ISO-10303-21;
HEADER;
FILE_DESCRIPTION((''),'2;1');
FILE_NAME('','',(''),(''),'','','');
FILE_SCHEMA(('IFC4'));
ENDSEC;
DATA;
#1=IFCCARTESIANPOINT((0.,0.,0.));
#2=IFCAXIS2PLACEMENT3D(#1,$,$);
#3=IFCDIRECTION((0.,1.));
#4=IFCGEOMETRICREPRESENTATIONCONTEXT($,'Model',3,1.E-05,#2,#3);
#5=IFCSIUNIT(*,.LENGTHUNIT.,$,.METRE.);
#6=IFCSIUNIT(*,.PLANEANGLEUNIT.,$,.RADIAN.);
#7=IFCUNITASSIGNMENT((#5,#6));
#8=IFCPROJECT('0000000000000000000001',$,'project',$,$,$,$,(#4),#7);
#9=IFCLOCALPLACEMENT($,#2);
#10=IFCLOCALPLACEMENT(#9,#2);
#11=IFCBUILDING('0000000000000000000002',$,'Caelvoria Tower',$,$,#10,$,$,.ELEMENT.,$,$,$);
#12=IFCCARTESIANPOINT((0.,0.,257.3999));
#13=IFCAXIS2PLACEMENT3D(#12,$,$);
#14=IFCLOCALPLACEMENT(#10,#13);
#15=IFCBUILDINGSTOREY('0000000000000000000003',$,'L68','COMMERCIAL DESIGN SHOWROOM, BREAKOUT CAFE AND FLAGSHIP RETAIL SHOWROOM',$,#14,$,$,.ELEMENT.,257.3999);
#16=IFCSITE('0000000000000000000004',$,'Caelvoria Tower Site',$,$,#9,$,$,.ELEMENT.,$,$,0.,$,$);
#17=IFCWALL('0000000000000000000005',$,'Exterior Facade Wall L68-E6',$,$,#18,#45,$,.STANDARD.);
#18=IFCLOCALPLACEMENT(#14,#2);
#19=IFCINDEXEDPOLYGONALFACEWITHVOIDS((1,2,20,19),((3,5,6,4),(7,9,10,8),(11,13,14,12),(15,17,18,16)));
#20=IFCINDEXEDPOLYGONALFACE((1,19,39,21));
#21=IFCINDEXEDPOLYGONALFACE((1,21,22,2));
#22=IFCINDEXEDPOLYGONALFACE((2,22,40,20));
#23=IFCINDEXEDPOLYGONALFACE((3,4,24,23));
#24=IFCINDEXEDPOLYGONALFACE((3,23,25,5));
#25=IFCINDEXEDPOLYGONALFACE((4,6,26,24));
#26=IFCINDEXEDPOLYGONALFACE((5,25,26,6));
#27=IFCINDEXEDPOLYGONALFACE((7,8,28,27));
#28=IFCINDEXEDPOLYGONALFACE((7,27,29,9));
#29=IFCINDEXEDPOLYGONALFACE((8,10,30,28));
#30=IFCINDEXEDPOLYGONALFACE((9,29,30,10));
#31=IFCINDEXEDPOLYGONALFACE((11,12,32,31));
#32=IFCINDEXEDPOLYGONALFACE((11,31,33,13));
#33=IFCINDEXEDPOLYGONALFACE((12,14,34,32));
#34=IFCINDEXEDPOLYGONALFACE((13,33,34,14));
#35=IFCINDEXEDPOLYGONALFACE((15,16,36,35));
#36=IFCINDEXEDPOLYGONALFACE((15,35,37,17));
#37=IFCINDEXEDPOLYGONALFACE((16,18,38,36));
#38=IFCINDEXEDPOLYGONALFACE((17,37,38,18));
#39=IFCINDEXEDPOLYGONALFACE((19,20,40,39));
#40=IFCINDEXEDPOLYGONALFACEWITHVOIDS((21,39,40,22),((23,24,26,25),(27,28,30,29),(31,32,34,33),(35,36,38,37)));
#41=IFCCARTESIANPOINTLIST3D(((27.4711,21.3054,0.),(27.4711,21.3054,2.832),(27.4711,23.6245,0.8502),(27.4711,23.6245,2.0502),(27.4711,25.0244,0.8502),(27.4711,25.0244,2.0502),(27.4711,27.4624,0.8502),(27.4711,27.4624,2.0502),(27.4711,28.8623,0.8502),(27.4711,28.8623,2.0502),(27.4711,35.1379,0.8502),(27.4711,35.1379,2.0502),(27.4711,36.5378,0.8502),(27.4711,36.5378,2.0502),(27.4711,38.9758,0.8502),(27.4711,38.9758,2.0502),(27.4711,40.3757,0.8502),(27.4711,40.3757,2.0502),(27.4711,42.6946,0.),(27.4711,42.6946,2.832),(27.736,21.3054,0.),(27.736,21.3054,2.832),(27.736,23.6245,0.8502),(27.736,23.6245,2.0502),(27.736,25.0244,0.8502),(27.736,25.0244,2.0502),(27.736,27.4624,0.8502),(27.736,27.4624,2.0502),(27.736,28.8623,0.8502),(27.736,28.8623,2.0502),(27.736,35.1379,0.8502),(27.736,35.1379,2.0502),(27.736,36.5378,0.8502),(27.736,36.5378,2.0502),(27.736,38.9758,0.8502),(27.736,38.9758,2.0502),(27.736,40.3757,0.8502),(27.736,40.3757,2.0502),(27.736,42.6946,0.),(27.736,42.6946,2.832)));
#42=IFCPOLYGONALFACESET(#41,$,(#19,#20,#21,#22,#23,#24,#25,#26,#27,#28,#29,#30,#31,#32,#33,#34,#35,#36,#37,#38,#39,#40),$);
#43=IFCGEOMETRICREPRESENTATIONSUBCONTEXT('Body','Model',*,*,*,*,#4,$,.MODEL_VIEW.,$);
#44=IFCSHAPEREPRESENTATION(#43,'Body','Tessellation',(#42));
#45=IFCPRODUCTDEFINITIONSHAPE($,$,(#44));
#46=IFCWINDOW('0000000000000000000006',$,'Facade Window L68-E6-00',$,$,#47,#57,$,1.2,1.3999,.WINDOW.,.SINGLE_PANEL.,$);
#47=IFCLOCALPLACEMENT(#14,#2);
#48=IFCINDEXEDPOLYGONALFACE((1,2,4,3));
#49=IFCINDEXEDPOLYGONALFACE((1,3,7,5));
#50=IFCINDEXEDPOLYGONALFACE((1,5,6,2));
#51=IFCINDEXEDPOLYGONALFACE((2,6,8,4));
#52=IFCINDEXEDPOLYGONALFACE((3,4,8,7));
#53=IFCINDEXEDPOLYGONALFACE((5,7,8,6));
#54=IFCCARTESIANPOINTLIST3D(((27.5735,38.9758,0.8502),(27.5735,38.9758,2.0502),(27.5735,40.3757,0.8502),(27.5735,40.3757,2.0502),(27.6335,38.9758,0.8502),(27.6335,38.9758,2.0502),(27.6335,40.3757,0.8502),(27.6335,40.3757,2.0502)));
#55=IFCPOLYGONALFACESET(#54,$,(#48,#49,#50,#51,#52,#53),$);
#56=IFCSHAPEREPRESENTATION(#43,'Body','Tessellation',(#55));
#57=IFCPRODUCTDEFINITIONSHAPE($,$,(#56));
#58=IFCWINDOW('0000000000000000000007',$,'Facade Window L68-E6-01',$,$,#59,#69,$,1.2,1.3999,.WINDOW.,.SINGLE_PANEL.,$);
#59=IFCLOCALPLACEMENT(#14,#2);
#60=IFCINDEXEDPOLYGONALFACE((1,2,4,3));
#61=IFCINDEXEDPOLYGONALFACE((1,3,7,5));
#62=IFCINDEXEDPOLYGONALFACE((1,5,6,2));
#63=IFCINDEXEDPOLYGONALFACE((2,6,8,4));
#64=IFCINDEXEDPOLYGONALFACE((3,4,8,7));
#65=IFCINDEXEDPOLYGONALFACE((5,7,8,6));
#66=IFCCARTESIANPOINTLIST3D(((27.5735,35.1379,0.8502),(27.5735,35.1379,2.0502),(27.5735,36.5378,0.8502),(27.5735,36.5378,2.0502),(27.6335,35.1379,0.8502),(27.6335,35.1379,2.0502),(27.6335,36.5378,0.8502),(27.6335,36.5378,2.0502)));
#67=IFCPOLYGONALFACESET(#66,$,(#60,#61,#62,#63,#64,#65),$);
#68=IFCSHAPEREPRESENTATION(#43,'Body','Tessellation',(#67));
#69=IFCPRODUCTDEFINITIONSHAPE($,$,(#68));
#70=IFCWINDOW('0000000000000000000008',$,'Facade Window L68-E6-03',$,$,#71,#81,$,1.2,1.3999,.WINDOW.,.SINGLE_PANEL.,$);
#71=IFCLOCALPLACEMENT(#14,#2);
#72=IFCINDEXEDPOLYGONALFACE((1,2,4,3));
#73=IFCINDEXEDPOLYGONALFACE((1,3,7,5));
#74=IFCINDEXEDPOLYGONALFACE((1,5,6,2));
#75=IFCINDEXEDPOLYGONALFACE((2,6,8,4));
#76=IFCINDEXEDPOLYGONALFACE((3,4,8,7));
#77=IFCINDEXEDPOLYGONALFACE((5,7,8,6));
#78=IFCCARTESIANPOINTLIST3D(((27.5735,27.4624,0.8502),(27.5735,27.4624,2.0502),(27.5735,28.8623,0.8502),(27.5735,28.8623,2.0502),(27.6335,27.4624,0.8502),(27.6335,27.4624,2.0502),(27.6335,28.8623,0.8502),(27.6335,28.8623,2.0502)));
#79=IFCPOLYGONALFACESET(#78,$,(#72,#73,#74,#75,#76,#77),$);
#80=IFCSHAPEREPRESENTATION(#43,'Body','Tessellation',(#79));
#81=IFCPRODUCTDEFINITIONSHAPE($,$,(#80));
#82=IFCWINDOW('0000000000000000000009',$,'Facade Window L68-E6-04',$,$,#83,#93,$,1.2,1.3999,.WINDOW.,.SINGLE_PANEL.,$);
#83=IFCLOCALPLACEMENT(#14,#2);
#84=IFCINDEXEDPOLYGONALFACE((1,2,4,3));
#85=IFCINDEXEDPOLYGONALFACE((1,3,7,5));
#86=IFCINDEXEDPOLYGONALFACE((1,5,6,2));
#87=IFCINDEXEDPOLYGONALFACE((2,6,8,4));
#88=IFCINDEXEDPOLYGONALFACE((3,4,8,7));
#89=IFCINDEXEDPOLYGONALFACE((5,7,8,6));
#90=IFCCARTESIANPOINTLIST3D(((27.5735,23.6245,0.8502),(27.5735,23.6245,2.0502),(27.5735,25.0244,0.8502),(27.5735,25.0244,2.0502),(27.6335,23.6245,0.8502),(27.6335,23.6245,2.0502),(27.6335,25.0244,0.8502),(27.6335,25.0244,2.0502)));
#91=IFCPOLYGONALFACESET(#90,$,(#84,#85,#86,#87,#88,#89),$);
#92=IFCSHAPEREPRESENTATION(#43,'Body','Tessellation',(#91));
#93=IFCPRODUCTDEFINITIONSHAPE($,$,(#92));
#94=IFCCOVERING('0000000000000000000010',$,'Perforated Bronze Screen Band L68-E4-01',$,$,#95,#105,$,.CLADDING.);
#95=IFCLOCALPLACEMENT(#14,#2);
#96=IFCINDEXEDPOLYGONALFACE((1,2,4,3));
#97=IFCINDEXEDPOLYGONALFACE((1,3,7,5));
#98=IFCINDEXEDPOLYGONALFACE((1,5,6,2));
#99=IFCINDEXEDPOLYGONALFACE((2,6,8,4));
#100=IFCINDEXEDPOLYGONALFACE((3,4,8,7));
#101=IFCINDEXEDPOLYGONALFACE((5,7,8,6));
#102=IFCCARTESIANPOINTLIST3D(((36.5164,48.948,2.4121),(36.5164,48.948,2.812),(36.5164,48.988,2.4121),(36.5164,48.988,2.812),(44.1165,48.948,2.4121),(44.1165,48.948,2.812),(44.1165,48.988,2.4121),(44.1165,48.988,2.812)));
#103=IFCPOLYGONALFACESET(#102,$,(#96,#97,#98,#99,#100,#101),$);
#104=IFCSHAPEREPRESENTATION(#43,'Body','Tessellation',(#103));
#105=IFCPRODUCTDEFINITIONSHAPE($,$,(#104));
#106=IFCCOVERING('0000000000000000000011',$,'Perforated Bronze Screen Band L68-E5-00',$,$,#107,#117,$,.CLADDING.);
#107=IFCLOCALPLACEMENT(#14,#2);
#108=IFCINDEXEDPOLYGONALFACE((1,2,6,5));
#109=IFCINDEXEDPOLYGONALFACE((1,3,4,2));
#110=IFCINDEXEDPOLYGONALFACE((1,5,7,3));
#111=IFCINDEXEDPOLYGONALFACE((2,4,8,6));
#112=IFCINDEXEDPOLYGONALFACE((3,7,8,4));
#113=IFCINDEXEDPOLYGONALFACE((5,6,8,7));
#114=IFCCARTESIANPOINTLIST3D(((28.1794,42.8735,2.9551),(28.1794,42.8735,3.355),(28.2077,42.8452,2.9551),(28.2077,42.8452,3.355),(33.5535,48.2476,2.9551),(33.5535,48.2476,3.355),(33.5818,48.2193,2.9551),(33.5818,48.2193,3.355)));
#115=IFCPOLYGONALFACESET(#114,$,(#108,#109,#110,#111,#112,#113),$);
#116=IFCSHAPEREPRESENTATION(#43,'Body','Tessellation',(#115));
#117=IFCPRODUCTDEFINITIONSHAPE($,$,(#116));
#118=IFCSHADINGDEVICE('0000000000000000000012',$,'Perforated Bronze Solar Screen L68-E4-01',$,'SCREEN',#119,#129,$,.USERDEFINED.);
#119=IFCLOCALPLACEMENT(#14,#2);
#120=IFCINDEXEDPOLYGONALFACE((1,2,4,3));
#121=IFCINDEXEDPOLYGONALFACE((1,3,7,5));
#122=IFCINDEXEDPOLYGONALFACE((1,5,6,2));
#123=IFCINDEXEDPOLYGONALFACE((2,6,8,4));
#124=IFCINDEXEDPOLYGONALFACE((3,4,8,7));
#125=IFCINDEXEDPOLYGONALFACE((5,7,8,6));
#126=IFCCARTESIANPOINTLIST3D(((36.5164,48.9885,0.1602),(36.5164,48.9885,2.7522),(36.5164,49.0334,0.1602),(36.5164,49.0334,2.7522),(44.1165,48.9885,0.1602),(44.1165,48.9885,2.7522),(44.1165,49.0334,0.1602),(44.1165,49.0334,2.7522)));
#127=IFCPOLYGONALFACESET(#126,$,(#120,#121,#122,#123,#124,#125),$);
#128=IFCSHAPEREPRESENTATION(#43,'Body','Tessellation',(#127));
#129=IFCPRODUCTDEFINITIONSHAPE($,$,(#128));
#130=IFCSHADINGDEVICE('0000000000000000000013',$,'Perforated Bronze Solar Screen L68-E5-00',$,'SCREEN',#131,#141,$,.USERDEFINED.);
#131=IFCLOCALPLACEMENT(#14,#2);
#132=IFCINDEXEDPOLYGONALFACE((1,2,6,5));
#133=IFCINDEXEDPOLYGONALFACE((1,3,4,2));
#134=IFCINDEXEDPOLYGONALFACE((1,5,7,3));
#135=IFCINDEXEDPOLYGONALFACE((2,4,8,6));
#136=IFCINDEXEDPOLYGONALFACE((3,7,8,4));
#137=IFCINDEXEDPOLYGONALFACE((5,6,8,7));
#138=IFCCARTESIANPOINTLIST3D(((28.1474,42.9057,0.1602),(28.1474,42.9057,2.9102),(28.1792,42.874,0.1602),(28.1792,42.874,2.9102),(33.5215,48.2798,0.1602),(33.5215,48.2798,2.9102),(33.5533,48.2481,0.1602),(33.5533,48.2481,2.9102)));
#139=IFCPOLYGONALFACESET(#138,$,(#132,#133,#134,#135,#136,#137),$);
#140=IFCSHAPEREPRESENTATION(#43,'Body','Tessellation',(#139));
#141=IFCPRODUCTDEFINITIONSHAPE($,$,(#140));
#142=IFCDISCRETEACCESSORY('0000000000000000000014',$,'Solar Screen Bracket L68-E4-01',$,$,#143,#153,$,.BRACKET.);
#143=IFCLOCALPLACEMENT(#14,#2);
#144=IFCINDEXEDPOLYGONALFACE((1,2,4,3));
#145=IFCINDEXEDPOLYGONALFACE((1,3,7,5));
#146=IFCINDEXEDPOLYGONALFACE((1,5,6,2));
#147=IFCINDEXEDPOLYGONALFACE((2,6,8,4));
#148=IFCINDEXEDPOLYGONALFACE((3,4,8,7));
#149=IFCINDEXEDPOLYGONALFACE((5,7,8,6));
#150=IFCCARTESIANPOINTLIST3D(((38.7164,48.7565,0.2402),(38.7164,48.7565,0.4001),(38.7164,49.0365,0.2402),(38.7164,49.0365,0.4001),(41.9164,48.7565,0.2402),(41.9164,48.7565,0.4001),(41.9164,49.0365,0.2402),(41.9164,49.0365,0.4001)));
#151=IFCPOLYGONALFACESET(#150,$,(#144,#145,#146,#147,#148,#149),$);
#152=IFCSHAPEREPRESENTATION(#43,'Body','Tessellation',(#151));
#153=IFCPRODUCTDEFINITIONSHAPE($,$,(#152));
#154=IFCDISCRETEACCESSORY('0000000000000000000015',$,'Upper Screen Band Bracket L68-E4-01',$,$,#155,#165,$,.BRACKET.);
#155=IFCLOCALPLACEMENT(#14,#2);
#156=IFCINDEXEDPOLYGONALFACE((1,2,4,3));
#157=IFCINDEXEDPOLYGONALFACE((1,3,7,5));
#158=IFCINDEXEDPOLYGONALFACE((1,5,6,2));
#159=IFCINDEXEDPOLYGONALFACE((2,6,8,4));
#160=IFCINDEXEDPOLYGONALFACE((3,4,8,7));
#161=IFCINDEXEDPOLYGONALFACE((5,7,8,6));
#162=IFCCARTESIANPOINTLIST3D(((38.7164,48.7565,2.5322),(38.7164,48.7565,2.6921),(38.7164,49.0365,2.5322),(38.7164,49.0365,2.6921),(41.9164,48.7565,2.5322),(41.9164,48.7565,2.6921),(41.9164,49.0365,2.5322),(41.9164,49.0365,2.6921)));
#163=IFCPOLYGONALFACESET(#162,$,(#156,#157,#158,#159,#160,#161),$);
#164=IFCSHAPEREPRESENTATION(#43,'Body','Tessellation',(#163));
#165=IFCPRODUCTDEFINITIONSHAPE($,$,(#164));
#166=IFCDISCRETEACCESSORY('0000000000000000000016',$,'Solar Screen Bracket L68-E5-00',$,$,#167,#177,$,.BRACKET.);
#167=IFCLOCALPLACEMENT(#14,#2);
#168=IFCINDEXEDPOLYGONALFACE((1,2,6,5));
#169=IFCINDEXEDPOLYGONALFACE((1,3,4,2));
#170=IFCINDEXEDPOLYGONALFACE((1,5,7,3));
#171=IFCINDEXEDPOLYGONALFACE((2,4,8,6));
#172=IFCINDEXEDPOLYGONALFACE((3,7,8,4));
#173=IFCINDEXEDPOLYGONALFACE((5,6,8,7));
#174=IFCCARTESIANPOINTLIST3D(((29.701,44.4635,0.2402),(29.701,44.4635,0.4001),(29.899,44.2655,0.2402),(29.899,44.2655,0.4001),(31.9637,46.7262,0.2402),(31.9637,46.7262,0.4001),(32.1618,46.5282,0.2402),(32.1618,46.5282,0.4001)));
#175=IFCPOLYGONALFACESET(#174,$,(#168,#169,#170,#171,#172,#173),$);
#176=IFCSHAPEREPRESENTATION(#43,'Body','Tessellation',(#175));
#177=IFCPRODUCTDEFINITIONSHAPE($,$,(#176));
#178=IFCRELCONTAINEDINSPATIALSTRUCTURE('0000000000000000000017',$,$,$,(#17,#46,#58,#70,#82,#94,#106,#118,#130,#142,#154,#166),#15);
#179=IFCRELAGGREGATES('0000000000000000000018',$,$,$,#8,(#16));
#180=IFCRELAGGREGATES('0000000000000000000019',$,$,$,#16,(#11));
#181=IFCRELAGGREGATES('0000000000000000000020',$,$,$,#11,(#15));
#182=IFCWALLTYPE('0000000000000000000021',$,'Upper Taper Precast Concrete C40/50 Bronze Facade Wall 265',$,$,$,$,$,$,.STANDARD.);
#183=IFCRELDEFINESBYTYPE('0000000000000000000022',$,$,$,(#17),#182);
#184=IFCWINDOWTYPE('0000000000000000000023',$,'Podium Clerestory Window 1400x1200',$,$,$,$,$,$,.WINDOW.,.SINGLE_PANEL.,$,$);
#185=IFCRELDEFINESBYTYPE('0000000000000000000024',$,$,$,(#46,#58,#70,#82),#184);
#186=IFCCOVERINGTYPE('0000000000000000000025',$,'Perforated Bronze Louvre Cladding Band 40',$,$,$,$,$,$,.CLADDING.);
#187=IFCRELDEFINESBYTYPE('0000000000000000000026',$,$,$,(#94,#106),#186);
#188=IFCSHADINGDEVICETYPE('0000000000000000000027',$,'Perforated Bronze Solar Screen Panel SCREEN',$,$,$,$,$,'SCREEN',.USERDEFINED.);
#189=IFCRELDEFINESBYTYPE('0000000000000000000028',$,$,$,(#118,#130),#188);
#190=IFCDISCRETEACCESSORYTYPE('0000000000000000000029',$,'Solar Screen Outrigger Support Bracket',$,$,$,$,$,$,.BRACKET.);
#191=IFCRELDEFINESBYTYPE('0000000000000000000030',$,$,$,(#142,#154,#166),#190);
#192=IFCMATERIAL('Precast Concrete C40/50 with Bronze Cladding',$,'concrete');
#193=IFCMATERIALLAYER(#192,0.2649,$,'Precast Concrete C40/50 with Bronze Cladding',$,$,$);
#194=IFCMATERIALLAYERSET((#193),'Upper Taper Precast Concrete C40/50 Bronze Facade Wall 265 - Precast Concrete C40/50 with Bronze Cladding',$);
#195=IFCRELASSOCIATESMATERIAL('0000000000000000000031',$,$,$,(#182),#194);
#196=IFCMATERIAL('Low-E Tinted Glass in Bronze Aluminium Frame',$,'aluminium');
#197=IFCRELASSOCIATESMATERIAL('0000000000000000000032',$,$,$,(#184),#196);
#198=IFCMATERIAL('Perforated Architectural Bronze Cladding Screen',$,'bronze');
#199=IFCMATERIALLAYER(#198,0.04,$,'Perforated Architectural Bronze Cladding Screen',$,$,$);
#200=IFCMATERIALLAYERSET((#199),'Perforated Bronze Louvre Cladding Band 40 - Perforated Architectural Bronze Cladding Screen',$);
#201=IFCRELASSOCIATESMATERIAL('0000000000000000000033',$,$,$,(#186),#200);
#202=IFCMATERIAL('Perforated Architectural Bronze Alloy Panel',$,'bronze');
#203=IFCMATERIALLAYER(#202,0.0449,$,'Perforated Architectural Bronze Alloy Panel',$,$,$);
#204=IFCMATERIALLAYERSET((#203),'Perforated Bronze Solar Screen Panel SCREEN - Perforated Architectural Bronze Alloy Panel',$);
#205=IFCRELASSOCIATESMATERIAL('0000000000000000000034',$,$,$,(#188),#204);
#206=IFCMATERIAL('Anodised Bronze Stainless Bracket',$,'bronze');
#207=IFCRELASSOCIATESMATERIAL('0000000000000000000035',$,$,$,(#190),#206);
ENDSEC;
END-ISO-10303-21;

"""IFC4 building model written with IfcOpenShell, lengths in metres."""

from ifc_helpers import new_model, si_unit, direction, frame, frame_2d, origin, origin_2d, place, context, subcontext, project, spatial, rectangle, extrude, material, layer, layer_set, type_object, element, fill, save


model = new_model("IFC4")

# Units and contexts
model_context = context("Model", 3, precision=1e-05, world=origin(), true_north=direction((0.0, 1.0)))
body_context = subcontext(model_context, "Body", "Model", "MODEL_VIEW")
ifc_project = project(units=[si_unit("LENGTHUNIT", "METRE"), si_unit("PLANEANGLEUNIT", "RADIAN")], contexts=[model_context])

# Site, building, storey
site_placement = place(None, origin())
site = spatial("IfcSite", under=ifc_project, at=site_placement, Name="Caelvoria Tower Site", CompositionType="ELEMENT", RefElevation=0.0)
building_placement = place(site_placement, origin())
building = spatial("IfcBuilding", under=site, at=building_placement, Name="Caelvoria Tower", CompositionType="ELEMENT")
storey_placement = place(building_placement, frame((0.0, 0.0, 257.3999)))
storey = spatial("IfcBuildingStorey", under=building, at=storey_placement, Name="L68", Description="COMMERCIAL DESIGN SHOWROOM, BREAKOUT CAFE AND FLAGSHIP RETAIL SHOWROOM", CompositionType="ELEMENT", Elevation=257.3999)

# Shared definitions
ifc_material_1 = material(Name="Precast Concrete C40/50 with Bronze Cladding", Category="concrete")
ifc_layer_1 = layer(ifc_material_1, 0.2649, Name="Precast Concrete C40/50 with Bronze Cladding")
ifc_layer_set_1 = layer_set([ifc_layer_1], Name="Upper Taper Precast Concrete C40/50 Bronze Facade Wall 265 - Precast Concrete C40/50 with Bronze Cladding")
wall_type_1 = type_object("IfcWallType", Name="Upper Taper Precast Concrete C40/50 Bronze Facade Wall 265", PredefinedType="STANDARD", material=ifc_layer_set_1)

# Wall, openings, windows
wall_1_placement = place(storey_placement, frame((27.6035, 42.6946, 0.0), z_axis=(0.0, 0.0, 1.0), x_axis=(0.0, -1.0, 0.0)))
wall_1 = element("IfcWall", 1, at=wall_1_placement, inside=storey, type_object=wall_type_1, Name="Exterior Facade Wall L68-E6", PredefinedType="STANDARD", context=body_context, shape_type="SweptSolid", body=[
    extrude(rectangle(XDim=21.3892, YDim=0.2649, at=frame_2d((10.6946, 0.0))), origin(), (0.0, 0.0, 1.0), 2.832),
])
opening_1_placement = place(wall_1_placement, frame((2.3188, 0.0, 0.8501)))
opening_1 = element("IfcOpeningElement", 2, at=opening_1_placement, cuts=wall_1, PredefinedType="OPENING", context=body_context, shape_type="SweptSolid", body=[
    extrude(rectangle(XDim=1.3999, YDim=1.2, at=frame_2d((0.7, 0.6001))), frame((0.0, 0.1423, 0.0), z_axis=(0.0, -1.0, 0.0), x_axis=(1.0, 0.0, 0.0)), (0.0, 0.0, 1.0), 0.2849),
])
opening_2_placement = place(wall_1_placement, frame((6.1567, 0.0, 0.8501)))
opening_2 = element("IfcOpeningElement", 3, at=opening_2_placement, cuts=wall_1, PredefinedType="OPENING", context=body_context, shape_type="SweptSolid", body=[
    extrude(rectangle(XDim=1.3999, YDim=1.2, at=frame_2d((0.7, 0.6001))), frame((0.0, 0.1423, 0.0), z_axis=(0.0, -1.0, 0.0), x_axis=(1.0, 0.0, 0.0)), (0.0, 0.0, 1.0), 0.2849),
])
opening_3_placement = place(wall_1_placement, frame((13.8323, 0.0, 0.8501)))
opening_3 = element("IfcOpeningElement", 4, at=opening_3_placement, cuts=wall_1, PredefinedType="OPENING", context=body_context, shape_type="SweptSolid", body=[
    extrude(rectangle(XDim=1.3999, YDim=1.2, at=frame_2d((0.7, 0.6001))), frame((0.0, 0.1423, 0.0), z_axis=(0.0, -1.0, 0.0), x_axis=(1.0, 0.0, 0.0)), (0.0, 0.0, 1.0), 0.2849),
])
opening_4_placement = place(wall_1_placement, frame((17.6702, 0.0, 0.8501)))
opening_4 = element("IfcOpeningElement", 5, at=opening_4_placement, cuts=wall_1, PredefinedType="OPENING", context=body_context, shape_type="SweptSolid", body=[
    extrude(rectangle(XDim=1.3999, YDim=1.2, at=frame_2d((0.7, 0.6001))), frame((0.0, 0.1423, 0.0), z_axis=(0.0, -1.0, 0.0), x_axis=(1.0, 0.0, 0.0)), (0.0, 0.0, 1.0), 0.2849),
])
ifc_material_2 = material(Name="Low-E Tinted Glass in Bronze Aluminium Frame", Category="aluminium")
window_type = type_object("IfcWindowType", Name="Podium Clerestory Window 1400x1200", PartitioningType="SINGLE_PANEL", PredefinedType="WINDOW", material=ifc_material_2)
window_1_placement = place(opening_1_placement, origin())
window_1 = element("IfcWindow", 6, at=window_1_placement, inside=storey, type_object=window_type, Name="Facade Window L68-E6-00", OverallHeight=1.2, OverallWidth=1.3999, PartitioningType="SINGLE_PANEL", PredefinedType="WINDOW", context=body_context, shape_type="SweptSolid", body=[
    extrude(rectangle(XDim=1.3999, YDim=1.2, at=frame_2d((0.7, 0.6001))), frame((0.0, 0.03, 0.0), z_axis=(0.0, -1.0, 0.0), x_axis=(1.0, 0.0, 0.0)), (0.0, 0.0, 1.0), 0.0601),
])
fill(opening_1, window_1)
window_2_placement = place(opening_2_placement, origin())
window_2 = element("IfcWindow", 7, at=window_2_placement, inside=storey, type_object=window_type, Name="Facade Window L68-E6-01", OverallHeight=1.2, OverallWidth=1.3999, PartitioningType="SINGLE_PANEL", PredefinedType="WINDOW", context=body_context, shape_type="SweptSolid", body=[
    extrude(rectangle(XDim=1.3999, YDim=1.2, at=frame_2d((0.7, 0.6001))), frame((0.0, 0.03, 0.0), z_axis=(0.0, -1.0, 0.0), x_axis=(1.0, 0.0, 0.0)), (0.0, 0.0, 1.0), 0.0601),
])
fill(opening_2, window_2)
window_3_placement = place(opening_3_placement, origin())
window_3 = element("IfcWindow", 8, at=window_3_placement, inside=storey, type_object=window_type, Name="Facade Window L68-E6-03", OverallHeight=1.2, OverallWidth=1.3999, PartitioningType="SINGLE_PANEL", PredefinedType="WINDOW", context=body_context, shape_type="SweptSolid", body=[
    extrude(rectangle(XDim=1.3999, YDim=1.2, at=frame_2d((0.7, 0.6001))), frame((0.0, 0.03, 0.0), z_axis=(0.0, -1.0, 0.0), x_axis=(1.0, 0.0, 0.0)), (0.0, 0.0, 1.0), 0.0601),
])
fill(opening_3, window_3)
window_4_placement = place(opening_4_placement, origin())
window_4 = element("IfcWindow", 9, at=window_4_placement, inside=storey, type_object=window_type, Name="Facade Window L68-E6-04", OverallHeight=1.2, OverallWidth=1.3999, PartitioningType="SINGLE_PANEL", PredefinedType="WINDOW", context=body_context, shape_type="SweptSolid", body=[
    extrude(rectangle(XDim=1.3999, YDim=1.2, at=frame_2d((0.7, 0.6001))), frame((0.0, 0.03, 0.0), z_axis=(0.0, -1.0, 0.0), x_axis=(1.0, 0.0, 0.0)), (0.0, 0.0, 1.0), 0.0601),
])
fill(opening_4, window_4)

# Coverings
ifc_material_3 = material(Name="Perforated Architectural Bronze Cladding Screen", Category="bronze")
ifc_layer_2 = layer(ifc_material_3, 0.04, Name="Perforated Architectural Bronze Cladding Screen")
ifc_layer_set_2 = layer_set([ifc_layer_2], Name="Perforated Bronze Louvre Cladding Band 40 - Perforated Architectural Bronze Cladding Screen")
covering_type = type_object("IfcCoveringType", Name="Perforated Bronze Louvre Cladding Band 40", PredefinedType="CLADDING", material=ifc_layer_set_2)
for number, where, z_axis, x_axis, name in (
    (10, (40.3164, 48.968, 2.4121), (0.0, 0.0, 1.0), (-1.0, 0.0, 0.0), "Perforated Bronze Screen Band L68-E4-01"),
    (11, (30.8806, 45.5464, 2.9551), (0.0, 0.0, 1.0), (-0.707107, -0.707107, 0.0), "Perforated Bronze Screen Band L68-E5-00"),
):
    element("IfcCovering", number, at=place(storey_placement, frame(where, z_axis=z_axis, x_axis=x_axis)), inside=storey, type_object=covering_type, Name=name, PredefinedType="CLADDING", context=body_context, shape_type="SweptSolid", body=[
        extrude(rectangle(XDim=7.6001, YDim=0.04, at=origin_2d()), origin(), (0.0, 0.0, 1.0), 0.3999),
    ])

# Shading devices
ifc_material_4 = material(Name="Perforated Architectural Bronze Alloy Panel", Category="bronze")
ifc_layer_3 = layer(ifc_material_4, 0.0449, Name="Perforated Architectural Bronze Alloy Panel")
ifc_layer_set_3 = layer_set([ifc_layer_3], Name="Perforated Bronze Solar Screen Panel SCREEN - Perforated Architectural Bronze Alloy Panel")
shading_device_type = type_object("IfcShadingDeviceType", Name="Perforated Bronze Solar Screen Panel SCREEN", ElementType="SCREEN", PredefinedType="USERDEFINED", material=ifc_layer_set_3)
shading_device_1_placement = place(storey_placement, frame((40.3164, 49.011, 0.1602), z_axis=(0.0, 0.0, 1.0), x_axis=(-1.0, 0.0, 0.0)))
element("IfcShadingDevice", 12, at=shading_device_1_placement, inside=storey, type_object=shading_device_type, Name="Perforated Bronze Solar Screen L68-E4-01", ObjectType="SCREEN", PredefinedType="USERDEFINED", context=body_context, shape_type="SweptSolid", body=[
    extrude(rectangle(XDim=7.6001, YDim=0.0449, at=origin_2d()), origin(), (0.0, 0.0, 1.0), 2.592),
])
shading_device_2_placement = place(storey_placement, frame((30.8503, 45.5769, 0.1602), z_axis=(0.0, 0.0, 1.0), x_axis=(-0.707107, -0.707107, 0.0)))
element("IfcShadingDevice", 13, at=shading_device_2_placement, inside=storey, type_object=shading_device_type, Name="Perforated Bronze Solar Screen L68-E5-00", ObjectType="SCREEN", PredefinedType="USERDEFINED", context=body_context, shape_type="SweptSolid", body=[
    extrude(rectangle(XDim=7.6001, YDim=0.0449, at=origin_2d()), origin(), (0.0, 0.0, 1.0), 2.75),
])

# Discrete accessories
ifc_material_5 = material(Name="Anodised Bronze Stainless Bracket", Category="bronze")
discrete_accessory_type = type_object("IfcDiscreteAccessoryType", Name="Solar Screen Outrigger Support Bracket", PredefinedType="BRACKET", material=ifc_material_5)
for number, where, z_axis, x_axis, name in (
    (14, (40.3164, 48.8965, 0.2402), (0.0, 0.0, 1.0), (-1.0, 0.0, 0.0), "Solar Screen Bracket L68-E4-01"),
    (15, (40.3164, 48.8965, 2.5322), (0.0, 0.0, 1.0), (-1.0, 0.0, 0.0), "Upper Screen Band Bracket L68-E4-01"),
    (16, (30.9314, 45.4958, 0.2402), (0.0, 0.0, 1.0), (-0.707107, -0.707107, 0.0), "Solar Screen Bracket L68-E5-00"),
):
    element("IfcDiscreteAccessory", number, at=place(storey_placement, frame(where, z_axis=z_axis, x_axis=x_axis)), inside=storey, type_object=discrete_accessory_type, Name=name, PredefinedType="BRACKET", context=body_context, shape_type="SweptSolid", body=[
        extrude(rectangle(XDim=3.2, YDim=0.28, at=origin_2d()), origin(), (0.0, 0.0, 1.0), 0.1599),
    ])

save(model, "model.ifc")
